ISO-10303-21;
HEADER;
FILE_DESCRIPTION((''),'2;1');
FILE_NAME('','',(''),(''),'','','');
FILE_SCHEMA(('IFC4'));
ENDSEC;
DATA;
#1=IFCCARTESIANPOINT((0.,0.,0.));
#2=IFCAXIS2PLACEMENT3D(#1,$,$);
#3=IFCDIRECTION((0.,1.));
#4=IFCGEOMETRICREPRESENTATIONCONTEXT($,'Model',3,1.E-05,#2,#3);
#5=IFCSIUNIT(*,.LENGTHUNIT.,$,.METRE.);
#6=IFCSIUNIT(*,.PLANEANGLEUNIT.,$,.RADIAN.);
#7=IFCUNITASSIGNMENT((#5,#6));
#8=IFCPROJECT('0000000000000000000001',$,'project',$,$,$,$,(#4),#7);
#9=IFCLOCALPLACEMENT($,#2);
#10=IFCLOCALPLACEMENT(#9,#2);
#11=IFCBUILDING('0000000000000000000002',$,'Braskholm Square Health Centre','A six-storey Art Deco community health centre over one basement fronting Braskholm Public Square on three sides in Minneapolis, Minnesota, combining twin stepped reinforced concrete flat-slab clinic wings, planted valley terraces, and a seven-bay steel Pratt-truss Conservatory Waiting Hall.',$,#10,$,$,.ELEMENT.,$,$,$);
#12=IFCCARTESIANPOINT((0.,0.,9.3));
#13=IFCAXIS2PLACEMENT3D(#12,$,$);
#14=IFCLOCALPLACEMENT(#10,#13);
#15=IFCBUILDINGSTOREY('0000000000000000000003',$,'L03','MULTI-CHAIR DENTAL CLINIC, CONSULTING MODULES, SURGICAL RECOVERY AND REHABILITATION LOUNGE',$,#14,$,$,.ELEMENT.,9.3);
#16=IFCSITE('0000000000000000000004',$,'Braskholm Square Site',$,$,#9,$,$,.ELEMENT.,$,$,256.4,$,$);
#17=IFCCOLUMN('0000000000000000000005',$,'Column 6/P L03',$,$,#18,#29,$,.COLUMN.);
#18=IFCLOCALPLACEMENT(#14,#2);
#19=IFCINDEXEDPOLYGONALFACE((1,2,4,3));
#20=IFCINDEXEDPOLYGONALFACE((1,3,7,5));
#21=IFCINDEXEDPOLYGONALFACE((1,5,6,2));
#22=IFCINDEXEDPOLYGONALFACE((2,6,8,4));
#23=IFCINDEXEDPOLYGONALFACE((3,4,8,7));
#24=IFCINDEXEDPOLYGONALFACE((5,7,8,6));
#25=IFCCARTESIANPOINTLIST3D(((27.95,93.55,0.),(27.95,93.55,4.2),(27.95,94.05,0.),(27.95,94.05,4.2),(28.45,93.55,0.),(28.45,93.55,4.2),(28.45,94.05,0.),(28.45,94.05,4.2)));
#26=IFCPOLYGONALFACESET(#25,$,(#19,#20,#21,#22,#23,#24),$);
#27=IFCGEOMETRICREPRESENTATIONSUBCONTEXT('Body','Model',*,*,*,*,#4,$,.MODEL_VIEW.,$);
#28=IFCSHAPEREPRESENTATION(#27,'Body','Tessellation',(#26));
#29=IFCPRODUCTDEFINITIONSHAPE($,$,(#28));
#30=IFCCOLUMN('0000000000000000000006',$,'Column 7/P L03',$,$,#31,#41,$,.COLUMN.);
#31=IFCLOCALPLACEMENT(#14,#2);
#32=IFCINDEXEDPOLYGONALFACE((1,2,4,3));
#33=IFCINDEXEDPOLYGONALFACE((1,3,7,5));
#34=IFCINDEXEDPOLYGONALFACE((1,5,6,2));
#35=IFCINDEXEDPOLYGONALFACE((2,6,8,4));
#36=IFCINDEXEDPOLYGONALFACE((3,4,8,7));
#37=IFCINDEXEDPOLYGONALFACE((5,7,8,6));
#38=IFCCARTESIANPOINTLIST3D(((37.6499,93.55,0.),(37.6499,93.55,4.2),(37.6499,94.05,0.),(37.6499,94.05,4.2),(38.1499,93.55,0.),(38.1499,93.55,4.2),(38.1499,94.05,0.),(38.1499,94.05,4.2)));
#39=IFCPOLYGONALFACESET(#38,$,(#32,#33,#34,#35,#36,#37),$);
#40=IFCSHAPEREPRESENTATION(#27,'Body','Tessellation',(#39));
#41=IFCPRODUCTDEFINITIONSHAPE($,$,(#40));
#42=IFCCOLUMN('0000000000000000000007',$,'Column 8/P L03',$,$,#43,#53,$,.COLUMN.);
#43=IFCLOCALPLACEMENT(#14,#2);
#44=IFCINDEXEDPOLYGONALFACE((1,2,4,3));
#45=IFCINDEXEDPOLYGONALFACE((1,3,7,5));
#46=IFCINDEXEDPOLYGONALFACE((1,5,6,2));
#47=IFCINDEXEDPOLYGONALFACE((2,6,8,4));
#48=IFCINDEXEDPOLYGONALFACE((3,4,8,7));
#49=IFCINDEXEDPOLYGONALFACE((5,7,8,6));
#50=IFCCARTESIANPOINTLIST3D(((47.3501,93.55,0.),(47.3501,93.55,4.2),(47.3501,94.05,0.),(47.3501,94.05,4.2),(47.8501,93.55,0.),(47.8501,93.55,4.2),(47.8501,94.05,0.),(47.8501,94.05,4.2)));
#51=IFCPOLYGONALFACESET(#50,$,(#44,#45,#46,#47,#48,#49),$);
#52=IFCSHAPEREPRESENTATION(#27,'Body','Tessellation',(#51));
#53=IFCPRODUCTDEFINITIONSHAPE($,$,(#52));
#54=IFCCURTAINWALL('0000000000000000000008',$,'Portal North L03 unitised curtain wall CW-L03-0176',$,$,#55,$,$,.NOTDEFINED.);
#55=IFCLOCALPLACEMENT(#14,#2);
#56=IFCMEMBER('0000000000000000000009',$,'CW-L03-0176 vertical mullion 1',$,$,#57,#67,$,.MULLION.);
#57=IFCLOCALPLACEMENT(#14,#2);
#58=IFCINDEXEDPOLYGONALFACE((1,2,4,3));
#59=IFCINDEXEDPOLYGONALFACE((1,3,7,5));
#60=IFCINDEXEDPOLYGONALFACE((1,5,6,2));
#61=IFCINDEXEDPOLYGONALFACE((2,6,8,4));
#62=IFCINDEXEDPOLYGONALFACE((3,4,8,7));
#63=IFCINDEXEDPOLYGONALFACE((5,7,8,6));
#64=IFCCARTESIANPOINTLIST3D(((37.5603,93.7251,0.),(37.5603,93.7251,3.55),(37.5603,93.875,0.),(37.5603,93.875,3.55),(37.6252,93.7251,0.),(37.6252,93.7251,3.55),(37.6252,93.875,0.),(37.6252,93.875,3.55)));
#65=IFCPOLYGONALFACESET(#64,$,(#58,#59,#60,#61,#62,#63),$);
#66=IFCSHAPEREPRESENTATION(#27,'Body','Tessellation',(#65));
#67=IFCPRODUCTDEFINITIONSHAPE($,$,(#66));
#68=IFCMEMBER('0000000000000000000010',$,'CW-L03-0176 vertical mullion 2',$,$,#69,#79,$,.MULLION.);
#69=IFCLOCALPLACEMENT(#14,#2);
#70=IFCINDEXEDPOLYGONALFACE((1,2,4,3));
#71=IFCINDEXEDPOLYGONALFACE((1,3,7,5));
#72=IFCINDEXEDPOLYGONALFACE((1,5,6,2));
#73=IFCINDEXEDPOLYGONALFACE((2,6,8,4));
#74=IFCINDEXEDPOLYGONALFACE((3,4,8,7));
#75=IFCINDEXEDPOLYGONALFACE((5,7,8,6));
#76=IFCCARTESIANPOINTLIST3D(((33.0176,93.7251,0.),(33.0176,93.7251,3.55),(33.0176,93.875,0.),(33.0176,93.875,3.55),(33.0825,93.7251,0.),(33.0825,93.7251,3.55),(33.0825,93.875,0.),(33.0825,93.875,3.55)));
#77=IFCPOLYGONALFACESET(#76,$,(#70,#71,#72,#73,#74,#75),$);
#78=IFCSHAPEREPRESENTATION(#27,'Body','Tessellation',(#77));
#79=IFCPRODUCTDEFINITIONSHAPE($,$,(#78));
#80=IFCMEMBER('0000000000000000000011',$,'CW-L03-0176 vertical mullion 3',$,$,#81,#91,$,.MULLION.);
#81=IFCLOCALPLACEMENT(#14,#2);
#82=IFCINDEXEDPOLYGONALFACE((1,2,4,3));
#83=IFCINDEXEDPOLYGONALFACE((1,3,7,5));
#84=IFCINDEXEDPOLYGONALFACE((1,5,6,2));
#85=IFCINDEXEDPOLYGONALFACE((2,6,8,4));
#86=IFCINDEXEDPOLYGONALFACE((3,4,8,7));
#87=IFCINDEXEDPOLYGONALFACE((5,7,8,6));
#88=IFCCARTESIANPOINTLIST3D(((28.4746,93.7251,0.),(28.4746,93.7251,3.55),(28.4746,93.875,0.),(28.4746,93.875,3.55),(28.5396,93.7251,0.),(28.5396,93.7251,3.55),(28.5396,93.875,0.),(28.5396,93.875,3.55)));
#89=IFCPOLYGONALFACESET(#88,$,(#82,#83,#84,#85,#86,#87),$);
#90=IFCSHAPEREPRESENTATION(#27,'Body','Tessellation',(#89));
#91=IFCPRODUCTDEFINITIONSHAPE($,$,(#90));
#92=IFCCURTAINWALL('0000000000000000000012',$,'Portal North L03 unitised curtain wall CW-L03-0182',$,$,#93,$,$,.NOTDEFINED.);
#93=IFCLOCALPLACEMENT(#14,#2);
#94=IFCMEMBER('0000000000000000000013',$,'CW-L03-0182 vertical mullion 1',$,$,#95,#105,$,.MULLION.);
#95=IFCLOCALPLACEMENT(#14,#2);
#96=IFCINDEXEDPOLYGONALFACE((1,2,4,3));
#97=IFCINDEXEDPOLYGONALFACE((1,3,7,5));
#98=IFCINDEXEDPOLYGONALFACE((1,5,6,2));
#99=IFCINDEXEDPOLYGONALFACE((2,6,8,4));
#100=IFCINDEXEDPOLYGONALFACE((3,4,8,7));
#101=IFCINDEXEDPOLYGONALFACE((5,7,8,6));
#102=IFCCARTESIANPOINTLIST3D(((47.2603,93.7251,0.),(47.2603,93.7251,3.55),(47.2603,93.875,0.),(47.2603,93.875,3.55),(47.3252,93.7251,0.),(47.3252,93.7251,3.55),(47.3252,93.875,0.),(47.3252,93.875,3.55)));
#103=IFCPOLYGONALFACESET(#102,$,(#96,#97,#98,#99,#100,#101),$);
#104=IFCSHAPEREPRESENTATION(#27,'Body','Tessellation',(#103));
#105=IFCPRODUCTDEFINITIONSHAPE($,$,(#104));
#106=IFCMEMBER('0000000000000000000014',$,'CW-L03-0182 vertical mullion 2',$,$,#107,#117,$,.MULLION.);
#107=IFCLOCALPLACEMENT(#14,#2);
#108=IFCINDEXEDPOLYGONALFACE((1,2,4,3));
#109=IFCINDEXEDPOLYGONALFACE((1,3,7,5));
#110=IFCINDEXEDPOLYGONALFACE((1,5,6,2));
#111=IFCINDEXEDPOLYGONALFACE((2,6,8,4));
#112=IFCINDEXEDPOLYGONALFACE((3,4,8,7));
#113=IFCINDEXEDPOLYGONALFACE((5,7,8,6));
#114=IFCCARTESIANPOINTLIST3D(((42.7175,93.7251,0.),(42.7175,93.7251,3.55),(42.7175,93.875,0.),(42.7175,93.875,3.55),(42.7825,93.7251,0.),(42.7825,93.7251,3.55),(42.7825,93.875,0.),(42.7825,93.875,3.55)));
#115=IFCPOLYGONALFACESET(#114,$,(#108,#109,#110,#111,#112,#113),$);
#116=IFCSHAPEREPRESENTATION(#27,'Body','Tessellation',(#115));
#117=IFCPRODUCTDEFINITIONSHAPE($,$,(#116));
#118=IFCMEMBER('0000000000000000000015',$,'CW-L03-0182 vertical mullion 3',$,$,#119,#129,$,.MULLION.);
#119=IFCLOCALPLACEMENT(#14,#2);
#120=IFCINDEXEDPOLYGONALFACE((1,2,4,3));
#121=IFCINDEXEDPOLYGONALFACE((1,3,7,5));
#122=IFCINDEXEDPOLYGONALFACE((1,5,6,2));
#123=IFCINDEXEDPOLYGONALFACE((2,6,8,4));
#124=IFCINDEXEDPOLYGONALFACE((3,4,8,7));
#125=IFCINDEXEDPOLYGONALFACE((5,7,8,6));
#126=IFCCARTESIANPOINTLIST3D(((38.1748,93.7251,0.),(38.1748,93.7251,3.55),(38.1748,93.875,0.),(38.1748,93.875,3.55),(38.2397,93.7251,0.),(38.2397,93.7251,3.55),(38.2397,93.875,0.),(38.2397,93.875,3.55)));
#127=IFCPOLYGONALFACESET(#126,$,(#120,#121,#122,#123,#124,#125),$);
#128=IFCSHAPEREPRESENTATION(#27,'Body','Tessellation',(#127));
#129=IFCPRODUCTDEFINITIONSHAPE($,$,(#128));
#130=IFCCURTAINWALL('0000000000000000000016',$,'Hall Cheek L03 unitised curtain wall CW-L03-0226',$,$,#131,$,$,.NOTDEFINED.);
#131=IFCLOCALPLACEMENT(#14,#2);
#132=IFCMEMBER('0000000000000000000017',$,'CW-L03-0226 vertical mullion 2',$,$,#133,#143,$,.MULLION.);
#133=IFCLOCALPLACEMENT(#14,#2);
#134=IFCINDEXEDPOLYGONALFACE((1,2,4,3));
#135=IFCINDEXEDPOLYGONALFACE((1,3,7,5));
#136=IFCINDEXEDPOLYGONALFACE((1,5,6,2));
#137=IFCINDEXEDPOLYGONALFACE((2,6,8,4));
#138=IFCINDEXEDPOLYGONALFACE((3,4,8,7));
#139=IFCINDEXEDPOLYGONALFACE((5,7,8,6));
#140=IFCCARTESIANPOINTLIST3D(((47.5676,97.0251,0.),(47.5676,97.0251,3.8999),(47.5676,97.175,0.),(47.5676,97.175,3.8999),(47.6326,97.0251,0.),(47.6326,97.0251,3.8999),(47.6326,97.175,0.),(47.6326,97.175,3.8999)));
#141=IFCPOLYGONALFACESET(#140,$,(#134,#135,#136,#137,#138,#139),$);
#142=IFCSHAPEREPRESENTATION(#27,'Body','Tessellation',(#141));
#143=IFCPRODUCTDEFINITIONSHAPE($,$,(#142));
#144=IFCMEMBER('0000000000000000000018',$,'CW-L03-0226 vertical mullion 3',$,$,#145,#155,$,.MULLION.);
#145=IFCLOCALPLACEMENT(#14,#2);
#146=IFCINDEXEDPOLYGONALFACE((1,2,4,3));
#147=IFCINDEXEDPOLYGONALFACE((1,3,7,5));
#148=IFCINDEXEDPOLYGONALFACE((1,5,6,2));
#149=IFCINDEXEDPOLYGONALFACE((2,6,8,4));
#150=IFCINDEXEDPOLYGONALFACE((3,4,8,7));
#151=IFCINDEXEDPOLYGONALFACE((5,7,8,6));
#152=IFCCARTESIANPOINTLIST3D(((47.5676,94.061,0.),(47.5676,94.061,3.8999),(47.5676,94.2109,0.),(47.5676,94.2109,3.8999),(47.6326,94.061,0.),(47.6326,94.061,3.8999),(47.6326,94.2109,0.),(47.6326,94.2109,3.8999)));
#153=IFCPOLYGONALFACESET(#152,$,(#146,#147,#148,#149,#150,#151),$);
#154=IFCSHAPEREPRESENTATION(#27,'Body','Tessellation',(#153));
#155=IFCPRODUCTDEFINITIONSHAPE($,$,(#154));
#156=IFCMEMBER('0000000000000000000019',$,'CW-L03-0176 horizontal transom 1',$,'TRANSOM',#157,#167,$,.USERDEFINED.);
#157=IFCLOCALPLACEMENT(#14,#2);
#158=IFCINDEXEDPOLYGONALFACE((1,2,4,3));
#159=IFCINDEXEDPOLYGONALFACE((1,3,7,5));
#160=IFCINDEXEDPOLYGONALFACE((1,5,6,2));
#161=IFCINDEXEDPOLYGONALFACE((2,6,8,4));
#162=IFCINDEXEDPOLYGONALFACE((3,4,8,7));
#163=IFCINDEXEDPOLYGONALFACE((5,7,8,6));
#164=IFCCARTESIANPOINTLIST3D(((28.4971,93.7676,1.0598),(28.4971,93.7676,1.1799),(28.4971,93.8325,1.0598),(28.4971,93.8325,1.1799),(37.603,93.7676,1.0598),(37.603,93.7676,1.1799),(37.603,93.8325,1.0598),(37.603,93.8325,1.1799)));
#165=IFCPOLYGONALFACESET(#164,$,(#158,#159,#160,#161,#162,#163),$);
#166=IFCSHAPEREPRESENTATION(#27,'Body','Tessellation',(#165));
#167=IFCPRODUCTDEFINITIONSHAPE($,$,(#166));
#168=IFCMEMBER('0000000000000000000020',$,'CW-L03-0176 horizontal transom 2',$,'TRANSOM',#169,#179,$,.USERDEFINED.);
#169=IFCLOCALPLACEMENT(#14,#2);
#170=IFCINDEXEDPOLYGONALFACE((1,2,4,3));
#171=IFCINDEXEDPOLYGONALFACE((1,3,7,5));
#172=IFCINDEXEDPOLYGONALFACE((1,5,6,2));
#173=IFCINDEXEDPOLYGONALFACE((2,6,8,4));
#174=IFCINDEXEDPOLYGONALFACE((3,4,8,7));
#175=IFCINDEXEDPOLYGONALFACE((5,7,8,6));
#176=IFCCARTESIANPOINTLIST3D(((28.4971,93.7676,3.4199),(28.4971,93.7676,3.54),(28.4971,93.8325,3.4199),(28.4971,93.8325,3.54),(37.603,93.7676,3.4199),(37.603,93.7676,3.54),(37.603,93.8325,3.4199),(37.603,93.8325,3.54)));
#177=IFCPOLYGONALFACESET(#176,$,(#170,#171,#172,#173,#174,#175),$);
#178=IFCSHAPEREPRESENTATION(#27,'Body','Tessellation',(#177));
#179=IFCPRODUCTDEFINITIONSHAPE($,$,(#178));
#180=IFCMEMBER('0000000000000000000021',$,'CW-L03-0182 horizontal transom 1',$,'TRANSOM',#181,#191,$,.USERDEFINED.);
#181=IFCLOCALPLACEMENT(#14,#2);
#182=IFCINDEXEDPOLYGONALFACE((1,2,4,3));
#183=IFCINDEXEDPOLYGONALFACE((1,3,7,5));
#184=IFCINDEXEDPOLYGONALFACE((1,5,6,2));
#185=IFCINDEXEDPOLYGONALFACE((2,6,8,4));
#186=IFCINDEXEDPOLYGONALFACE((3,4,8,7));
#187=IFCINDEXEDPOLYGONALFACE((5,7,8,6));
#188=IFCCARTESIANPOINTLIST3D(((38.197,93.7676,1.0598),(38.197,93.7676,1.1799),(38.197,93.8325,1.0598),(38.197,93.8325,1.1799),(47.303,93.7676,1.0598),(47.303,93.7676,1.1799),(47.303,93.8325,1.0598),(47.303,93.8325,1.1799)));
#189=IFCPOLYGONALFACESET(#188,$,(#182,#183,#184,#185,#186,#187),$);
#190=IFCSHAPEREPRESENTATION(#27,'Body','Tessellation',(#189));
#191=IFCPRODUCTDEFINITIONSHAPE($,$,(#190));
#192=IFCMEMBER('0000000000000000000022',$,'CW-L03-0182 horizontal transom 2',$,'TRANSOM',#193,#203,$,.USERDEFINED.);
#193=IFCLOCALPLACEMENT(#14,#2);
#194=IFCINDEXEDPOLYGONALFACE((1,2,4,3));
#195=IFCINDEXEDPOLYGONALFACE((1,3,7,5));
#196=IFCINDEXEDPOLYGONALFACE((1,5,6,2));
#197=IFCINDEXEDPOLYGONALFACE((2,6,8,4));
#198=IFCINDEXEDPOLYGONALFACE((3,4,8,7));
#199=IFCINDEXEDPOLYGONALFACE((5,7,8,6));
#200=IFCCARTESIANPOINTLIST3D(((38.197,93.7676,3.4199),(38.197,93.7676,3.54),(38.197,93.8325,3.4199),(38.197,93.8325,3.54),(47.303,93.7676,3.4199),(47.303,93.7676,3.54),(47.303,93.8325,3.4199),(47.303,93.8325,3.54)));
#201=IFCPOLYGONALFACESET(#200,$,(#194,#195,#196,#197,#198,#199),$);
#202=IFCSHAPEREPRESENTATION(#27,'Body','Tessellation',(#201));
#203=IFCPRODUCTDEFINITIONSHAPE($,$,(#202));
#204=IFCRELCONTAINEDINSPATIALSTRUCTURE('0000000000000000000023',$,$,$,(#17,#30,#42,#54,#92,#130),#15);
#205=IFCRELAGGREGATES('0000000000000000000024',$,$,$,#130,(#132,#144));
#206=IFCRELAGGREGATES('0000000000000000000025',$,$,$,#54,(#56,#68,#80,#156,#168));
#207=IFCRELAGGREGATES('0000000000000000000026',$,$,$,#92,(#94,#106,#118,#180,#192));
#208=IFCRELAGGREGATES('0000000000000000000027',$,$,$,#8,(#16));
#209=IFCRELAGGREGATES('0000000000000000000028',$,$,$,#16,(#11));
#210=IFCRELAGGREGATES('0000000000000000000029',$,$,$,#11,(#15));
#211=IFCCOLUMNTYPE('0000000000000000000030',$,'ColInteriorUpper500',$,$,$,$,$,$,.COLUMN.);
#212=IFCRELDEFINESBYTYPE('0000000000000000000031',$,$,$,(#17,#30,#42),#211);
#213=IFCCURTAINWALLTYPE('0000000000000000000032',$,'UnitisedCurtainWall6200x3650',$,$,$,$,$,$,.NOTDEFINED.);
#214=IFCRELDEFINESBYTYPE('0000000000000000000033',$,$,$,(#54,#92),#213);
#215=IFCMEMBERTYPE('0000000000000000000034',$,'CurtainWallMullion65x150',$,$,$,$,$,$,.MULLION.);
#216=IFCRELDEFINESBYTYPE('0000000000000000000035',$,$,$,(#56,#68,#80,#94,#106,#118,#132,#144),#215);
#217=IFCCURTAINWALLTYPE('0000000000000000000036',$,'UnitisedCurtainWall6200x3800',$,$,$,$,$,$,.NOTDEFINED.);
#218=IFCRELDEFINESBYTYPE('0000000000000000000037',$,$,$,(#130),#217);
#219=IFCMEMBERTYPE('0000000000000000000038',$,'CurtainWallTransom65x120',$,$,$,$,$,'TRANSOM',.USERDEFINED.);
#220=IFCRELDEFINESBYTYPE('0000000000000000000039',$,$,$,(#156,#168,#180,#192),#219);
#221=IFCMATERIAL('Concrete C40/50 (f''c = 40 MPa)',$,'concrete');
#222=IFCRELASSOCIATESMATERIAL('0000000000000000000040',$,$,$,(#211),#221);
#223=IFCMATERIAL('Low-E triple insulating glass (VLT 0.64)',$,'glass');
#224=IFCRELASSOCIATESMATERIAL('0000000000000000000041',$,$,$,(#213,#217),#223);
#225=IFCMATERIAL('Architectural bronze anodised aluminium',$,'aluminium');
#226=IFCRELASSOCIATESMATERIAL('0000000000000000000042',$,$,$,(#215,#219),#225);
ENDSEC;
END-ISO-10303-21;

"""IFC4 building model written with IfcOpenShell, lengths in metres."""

from ifc_helpers import new_model, si_unit, direction, frame, origin, origin_2d, place, context, subcontext, project, spatial, rectangle, extrude, material, material_profile, profile_set, type_object, element, aggregate, save


model = new_model("IFC4")

# Units and contexts
model_context = context("Model", 3, precision=1e-05, world=origin(), true_north=direction((0.0, 1.0)))
body_context = subcontext(model_context, "Body", "Model", "MODEL_VIEW")
ifc_project = project(units=[si_unit("LENGTHUNIT", "METRE"), si_unit("PLANEANGLEUNIT", "RADIAN")], contexts=[model_context])

# Site, building, storey
site_placement = place(None, origin())
site = spatial("IfcSite", under=ifc_project, at=site_placement, Name="Braskholm Square Site", CompositionType="ELEMENT", RefElevation=256.4)
building_placement = place(site_placement, origin())
building = spatial("IfcBuilding", under=site, at=building_placement, Name="Braskholm Square Health Centre", Description="A six-storey Art Deco community health centre over one basement fronting Braskholm Public Square on three sides in Minneapolis, Minnesota, combining twin stepped reinforced concrete flat-slab clinic wings, planted valley terraces, and a seven-bay steel Pratt-truss Conservatory Waiting Hall.", CompositionType="ELEMENT")
storey_placement = place(building_placement, frame((0.0, 0.0, 9.3)))
storey = spatial("IfcBuildingStorey", under=building, at=storey_placement, Name="L03", Description="MULTI-CHAIR DENTAL CLINIC, CONSULTING MODULES, SURGICAL RECOVERY AND REHABILITATION LOUNGE", CompositionType="ELEMENT", Elevation=9.3)

# Columns
ifc_material_1 = material(Name="Concrete C40/50 (f'c = 40 MPa)", Category="concrete")
ifc_material_profile_1 = material_profile(ifc_material_1, rectangle(XDim=0.5, YDim=0.5, at=origin_2d()), Name="RC-500X500")
ifc_profile_set_1 = profile_set([ifc_material_profile_1], Name="Concrete C40/50 (f'c = 40 MPa)")
column_type = type_object("IfcColumnType", Name="ColInteriorUpper500", PredefinedType="COLUMN", material=ifc_profile_set_1)
for number, where, z_axis, x_axis, name in (
    (1, (28.2, 93.8, 0.0), (0.0, 0.0, 1.0), (1.0, 0.0, 0.0), "Column 6/P L03"),
    (2, (37.8999, 93.8, 0.0), (0.0, 0.0, 1.0), (1.0, 0.0, 0.0), "Column 7/P L03"),
    (3, (47.6001, 93.8, 0.0), (0.0, 0.0, 1.0), (1.0, 0.0, 0.0), "Column 8/P L03"),
):
    element("IfcColumn", number, at=place(storey_placement, frame(where, z_axis=z_axis, x_axis=x_axis)), inside=storey, type_object=column_type, Name=name, PredefinedType="COLUMN", context=body_context, shape_type="SweptSolid", body=[
        extrude(rectangle(XDim=0.5, YDim=0.5, at=origin_2d()), origin(), (0.0, 0.0, 1.0), 4.2),
    ])

# Curtain walls, members
ifc_material_2 = material(Name="Low-E triple insulating glass (VLT 0.64)", Category="glass")
curtain_wall_type_1 = type_object("IfcCurtainWallType", Name="UnitisedCurtainWall6200x3650", PredefinedType="NOTDEFINED", material=ifc_material_2)
curtain_wall_1_placement = place(storey_placement, origin())
curtain_wall_1 = element("IfcCurtainWall", 4, at=curtain_wall_1_placement, inside=storey, type_object=curtain_wall_type_1, Name="Portal North L03 unitised curtain wall CW-L03-0176", PredefinedType="NOTDEFINED")
ifc_material_3 = material(Name="Architectural bronze anodised aluminium", Category="aluminium")
ifc_material_profile_2 = material_profile(ifc_material_3, rectangle(XDim=0.0649, YDim=0.1499, at=origin_2d()), Name="ALU-65X150")
ifc_profile_set_2 = profile_set([ifc_material_profile_2], Name="Architectural bronze anodised aluminium")
member_type_1 = type_object("IfcMemberType", Name="CurtainWallMullion65x150", PredefinedType="MULLION", material=ifc_profile_set_2)
member_1_placement = place(storey_placement, frame((37.5928, 93.8, 0.0), z_axis=(0.0, 0.0, 1.0), x_axis=(1.0, 0.0, 0.0)))
member_1 = element("IfcMember", 5, at=member_1_placement, type_object=member_type_1, Name="CW-L03-0176 vertical mullion 1", PredefinedType="MULLION", context=body_context, shape_type="SweptSolid", body=[
    extrude(rectangle(XDim=0.0649, YDim=0.1499, at=origin_2d()), origin(), (0.0, 0.0, 1.0), 3.55),
])
member_2_placement = place(storey_placement, frame((33.05, 93.8, 0.0), z_axis=(0.0, 0.0, 1.0), x_axis=(1.0, 0.0, 0.0)))
member_2 = element("IfcMember", 6, at=member_2_placement, type_object=member_type_1, Name="CW-L03-0176 vertical mullion 2", PredefinedType="MULLION", context=body_context, shape_type="SweptSolid", body=[
    extrude(rectangle(XDim=0.0649, YDim=0.1499, at=origin_2d()), origin(), (0.0, 0.0, 1.0), 3.55),
])
member_3_placement = place(storey_placement, frame((28.5071, 93.8, 0.0), z_axis=(0.0, 0.0, 1.0), x_axis=(1.0, 0.0, 0.0)))
member_3 = element("IfcMember", 7, at=member_3_placement, type_object=member_type_1, Name="CW-L03-0176 vertical mullion 3", PredefinedType="MULLION", context=body_context, shape_type="SweptSolid", body=[
    extrude(rectangle(XDim=0.0649, YDim=0.1499, at=origin_2d()), origin(), (0.0, 0.0, 1.0), 3.55),
])
curtain_wall_2_placement = place(storey_placement, origin())
curtain_wall_2 = element("IfcCurtainWall", 8, at=curtain_wall_2_placement, inside=storey, type_object=curtain_wall_type_1, Name="Portal North L03 unitised curtain wall CW-L03-0182", PredefinedType="NOTDEFINED")
member_4_placement = place(storey_placement, frame((47.2927, 93.8, 0.0), z_axis=(0.0, 0.0, 1.0), x_axis=(1.0, 0.0, 0.0)))
member_4 = element("IfcMember", 9, at=member_4_placement, type_object=member_type_1, Name="CW-L03-0182 vertical mullion 1", PredefinedType="MULLION", context=body_context, shape_type="SweptSolid", body=[
    extrude(rectangle(XDim=0.0649, YDim=0.1499, at=origin_2d()), origin(), (0.0, 0.0, 1.0), 3.55),
])
member_5_placement = place(storey_placement, frame((42.75, 93.8, 0.0), z_axis=(0.0, 0.0, 1.0), x_axis=(1.0, 0.0, 0.0)))
member_5 = element("IfcMember", 10, at=member_5_placement, type_object=member_type_1, Name="CW-L03-0182 vertical mullion 2", PredefinedType="MULLION", context=body_context, shape_type="SweptSolid", body=[
    extrude(rectangle(XDim=0.0649, YDim=0.1499, at=origin_2d()), origin(), (0.0, 0.0, 1.0), 3.55),
])
member_6_placement = place(storey_placement, frame((38.2073, 93.8, 0.0), z_axis=(0.0, 0.0, 1.0), x_axis=(1.0, 0.0, 0.0)))
member_6 = element("IfcMember", 11, at=member_6_placement, type_object=member_type_1, Name="CW-L03-0182 vertical mullion 3", PredefinedType="MULLION", context=body_context, shape_type="SweptSolid", body=[
    extrude(rectangle(XDim=0.0649, YDim=0.1499, at=origin_2d()), origin(), (0.0, 0.0, 1.0), 3.55),
])
curtain_wall_type_2 = type_object("IfcCurtainWallType", Name="UnitisedCurtainWall6200x3800", PredefinedType="NOTDEFINED", material=ifc_material_2)
curtain_wall_3_placement = place(storey_placement, origin())
curtain_wall_3 = element("IfcCurtainWall", 12, at=curtain_wall_3_placement, inside=storey, type_object=curtain_wall_type_2, Name="Hall Cheek L03 unitised curtain wall CW-L03-0226", PredefinedType="NOTDEFINED")
member_7_placement = place(storey_placement, frame((47.6001, 97.1001, 0.0), z_axis=(0.0, 0.0, 1.0), x_axis=(1.0, 0.0, 0.0)))
member_7 = element("IfcMember", 13, at=member_7_placement, type_object=member_type_1, Name="CW-L03-0226 vertical mullion 2", PredefinedType="MULLION", context=body_context, shape_type="SweptSolid", body=[
    extrude(rectangle(XDim=0.0649, YDim=0.1499, at=origin_2d()), origin(), (0.0, 0.0, 1.0), 3.8999),
])
member_8_placement = place(storey_placement, frame((47.6001, 94.136, 0.0), z_axis=(0.0, 0.0, 1.0), x_axis=(1.0, 0.0, 0.0)))
member_8 = element("IfcMember", 14, at=member_8_placement, type_object=member_type_1, Name="CW-L03-0226 vertical mullion 3", PredefinedType="MULLION", context=body_context, shape_type="SweptSolid", body=[
    extrude(rectangle(XDim=0.0649, YDim=0.1499, at=origin_2d()), origin(), (0.0, 0.0, 1.0), 3.8999),
])

# Members
ifc_material_profile_3 = material_profile(ifc_material_3, rectangle(XDim=0.0649, YDim=0.1201, at=origin_2d()), Name="ALU-65X120")
ifc_profile_set_3 = profile_set([ifc_material_profile_3], Name="Architectural bronze anodised aluminium")
member_type_2 = type_object("IfcMemberType", Name="CurtainWallTransom65x120", ElementType="TRANSOM", PredefinedType="USERDEFINED", material=ifc_profile_set_3)
member_9_placement = place(storey_placement, frame((37.603, 93.8, 1.1199), z_axis=(-1.0, 0.0, 0.0), x_axis=(0.0, -1.0, 0.0)))
member_9 = element("IfcMember", 15, at=member_9_placement, type_object=member_type_2, Name="CW-L03-0176 horizontal transom 1", ObjectType="TRANSOM", PredefinedType="USERDEFINED", context=body_context, shape_type="SweptSolid", body=[
    extrude(rectangle(XDim=0.0649, YDim=0.1201, at=origin_2d()), origin(), (0.0, 0.0, 1.0), 9.106),
])
member_10_placement = place(storey_placement, frame((37.603, 93.8, 3.48), z_axis=(-1.0, 0.0, 0.0), x_axis=(0.0, -1.0, 0.0)))
member_10 = element("IfcMember", 16, at=member_10_placement, type_object=member_type_2, Name="CW-L03-0176 horizontal transom 2", ObjectType="TRANSOM", PredefinedType="USERDEFINED", context=body_context, shape_type="SweptSolid", body=[
    extrude(rectangle(XDim=0.0649, YDim=0.1201, at=origin_2d()), origin(), (0.0, 0.0, 1.0), 9.106),
])
member_11_placement = place(storey_placement, frame((47.303, 93.8, 1.1199), z_axis=(-1.0, 0.0, 0.0), x_axis=(0.0, -1.0, 0.0)))
member_11 = element("IfcMember", 17, at=member_11_placement, type_object=member_type_2, Name="CW-L03-0182 horizontal transom 1", ObjectType="TRANSOM", PredefinedType="USERDEFINED", context=body_context, shape_type="SweptSolid", body=[
    extrude(rectangle(XDim=0.0649, YDim=0.1201, at=origin_2d()), origin(), (0.0, 0.0, 1.0), 9.106),
])
member_12_placement = place(storey_placement, frame((47.303, 93.8, 3.48), z_axis=(-1.0, 0.0, 0.0), x_axis=(0.0, -1.0, 0.0)))
member_12 = element("IfcMember", 18, at=member_12_placement, type_object=member_type_2, Name="CW-L03-0182 horizontal transom 2", ObjectType="TRANSOM", PredefinedType="USERDEFINED", context=body_context, shape_type="SweptSolid", body=[
    extrude(rectangle(XDim=0.0649, YDim=0.1201, at=origin_2d()), origin(), (0.0, 0.0, 1.0), 9.106),
])

aggregate(curtain_wall_3, [member_7, member_8])
aggregate(curtain_wall_1, [member_1, member_2, member_3, member_9, member_10])
aggregate(curtain_wall_2, [member_4, member_5, member_6, member_11, member_12])

save(model, "model.ifc")
